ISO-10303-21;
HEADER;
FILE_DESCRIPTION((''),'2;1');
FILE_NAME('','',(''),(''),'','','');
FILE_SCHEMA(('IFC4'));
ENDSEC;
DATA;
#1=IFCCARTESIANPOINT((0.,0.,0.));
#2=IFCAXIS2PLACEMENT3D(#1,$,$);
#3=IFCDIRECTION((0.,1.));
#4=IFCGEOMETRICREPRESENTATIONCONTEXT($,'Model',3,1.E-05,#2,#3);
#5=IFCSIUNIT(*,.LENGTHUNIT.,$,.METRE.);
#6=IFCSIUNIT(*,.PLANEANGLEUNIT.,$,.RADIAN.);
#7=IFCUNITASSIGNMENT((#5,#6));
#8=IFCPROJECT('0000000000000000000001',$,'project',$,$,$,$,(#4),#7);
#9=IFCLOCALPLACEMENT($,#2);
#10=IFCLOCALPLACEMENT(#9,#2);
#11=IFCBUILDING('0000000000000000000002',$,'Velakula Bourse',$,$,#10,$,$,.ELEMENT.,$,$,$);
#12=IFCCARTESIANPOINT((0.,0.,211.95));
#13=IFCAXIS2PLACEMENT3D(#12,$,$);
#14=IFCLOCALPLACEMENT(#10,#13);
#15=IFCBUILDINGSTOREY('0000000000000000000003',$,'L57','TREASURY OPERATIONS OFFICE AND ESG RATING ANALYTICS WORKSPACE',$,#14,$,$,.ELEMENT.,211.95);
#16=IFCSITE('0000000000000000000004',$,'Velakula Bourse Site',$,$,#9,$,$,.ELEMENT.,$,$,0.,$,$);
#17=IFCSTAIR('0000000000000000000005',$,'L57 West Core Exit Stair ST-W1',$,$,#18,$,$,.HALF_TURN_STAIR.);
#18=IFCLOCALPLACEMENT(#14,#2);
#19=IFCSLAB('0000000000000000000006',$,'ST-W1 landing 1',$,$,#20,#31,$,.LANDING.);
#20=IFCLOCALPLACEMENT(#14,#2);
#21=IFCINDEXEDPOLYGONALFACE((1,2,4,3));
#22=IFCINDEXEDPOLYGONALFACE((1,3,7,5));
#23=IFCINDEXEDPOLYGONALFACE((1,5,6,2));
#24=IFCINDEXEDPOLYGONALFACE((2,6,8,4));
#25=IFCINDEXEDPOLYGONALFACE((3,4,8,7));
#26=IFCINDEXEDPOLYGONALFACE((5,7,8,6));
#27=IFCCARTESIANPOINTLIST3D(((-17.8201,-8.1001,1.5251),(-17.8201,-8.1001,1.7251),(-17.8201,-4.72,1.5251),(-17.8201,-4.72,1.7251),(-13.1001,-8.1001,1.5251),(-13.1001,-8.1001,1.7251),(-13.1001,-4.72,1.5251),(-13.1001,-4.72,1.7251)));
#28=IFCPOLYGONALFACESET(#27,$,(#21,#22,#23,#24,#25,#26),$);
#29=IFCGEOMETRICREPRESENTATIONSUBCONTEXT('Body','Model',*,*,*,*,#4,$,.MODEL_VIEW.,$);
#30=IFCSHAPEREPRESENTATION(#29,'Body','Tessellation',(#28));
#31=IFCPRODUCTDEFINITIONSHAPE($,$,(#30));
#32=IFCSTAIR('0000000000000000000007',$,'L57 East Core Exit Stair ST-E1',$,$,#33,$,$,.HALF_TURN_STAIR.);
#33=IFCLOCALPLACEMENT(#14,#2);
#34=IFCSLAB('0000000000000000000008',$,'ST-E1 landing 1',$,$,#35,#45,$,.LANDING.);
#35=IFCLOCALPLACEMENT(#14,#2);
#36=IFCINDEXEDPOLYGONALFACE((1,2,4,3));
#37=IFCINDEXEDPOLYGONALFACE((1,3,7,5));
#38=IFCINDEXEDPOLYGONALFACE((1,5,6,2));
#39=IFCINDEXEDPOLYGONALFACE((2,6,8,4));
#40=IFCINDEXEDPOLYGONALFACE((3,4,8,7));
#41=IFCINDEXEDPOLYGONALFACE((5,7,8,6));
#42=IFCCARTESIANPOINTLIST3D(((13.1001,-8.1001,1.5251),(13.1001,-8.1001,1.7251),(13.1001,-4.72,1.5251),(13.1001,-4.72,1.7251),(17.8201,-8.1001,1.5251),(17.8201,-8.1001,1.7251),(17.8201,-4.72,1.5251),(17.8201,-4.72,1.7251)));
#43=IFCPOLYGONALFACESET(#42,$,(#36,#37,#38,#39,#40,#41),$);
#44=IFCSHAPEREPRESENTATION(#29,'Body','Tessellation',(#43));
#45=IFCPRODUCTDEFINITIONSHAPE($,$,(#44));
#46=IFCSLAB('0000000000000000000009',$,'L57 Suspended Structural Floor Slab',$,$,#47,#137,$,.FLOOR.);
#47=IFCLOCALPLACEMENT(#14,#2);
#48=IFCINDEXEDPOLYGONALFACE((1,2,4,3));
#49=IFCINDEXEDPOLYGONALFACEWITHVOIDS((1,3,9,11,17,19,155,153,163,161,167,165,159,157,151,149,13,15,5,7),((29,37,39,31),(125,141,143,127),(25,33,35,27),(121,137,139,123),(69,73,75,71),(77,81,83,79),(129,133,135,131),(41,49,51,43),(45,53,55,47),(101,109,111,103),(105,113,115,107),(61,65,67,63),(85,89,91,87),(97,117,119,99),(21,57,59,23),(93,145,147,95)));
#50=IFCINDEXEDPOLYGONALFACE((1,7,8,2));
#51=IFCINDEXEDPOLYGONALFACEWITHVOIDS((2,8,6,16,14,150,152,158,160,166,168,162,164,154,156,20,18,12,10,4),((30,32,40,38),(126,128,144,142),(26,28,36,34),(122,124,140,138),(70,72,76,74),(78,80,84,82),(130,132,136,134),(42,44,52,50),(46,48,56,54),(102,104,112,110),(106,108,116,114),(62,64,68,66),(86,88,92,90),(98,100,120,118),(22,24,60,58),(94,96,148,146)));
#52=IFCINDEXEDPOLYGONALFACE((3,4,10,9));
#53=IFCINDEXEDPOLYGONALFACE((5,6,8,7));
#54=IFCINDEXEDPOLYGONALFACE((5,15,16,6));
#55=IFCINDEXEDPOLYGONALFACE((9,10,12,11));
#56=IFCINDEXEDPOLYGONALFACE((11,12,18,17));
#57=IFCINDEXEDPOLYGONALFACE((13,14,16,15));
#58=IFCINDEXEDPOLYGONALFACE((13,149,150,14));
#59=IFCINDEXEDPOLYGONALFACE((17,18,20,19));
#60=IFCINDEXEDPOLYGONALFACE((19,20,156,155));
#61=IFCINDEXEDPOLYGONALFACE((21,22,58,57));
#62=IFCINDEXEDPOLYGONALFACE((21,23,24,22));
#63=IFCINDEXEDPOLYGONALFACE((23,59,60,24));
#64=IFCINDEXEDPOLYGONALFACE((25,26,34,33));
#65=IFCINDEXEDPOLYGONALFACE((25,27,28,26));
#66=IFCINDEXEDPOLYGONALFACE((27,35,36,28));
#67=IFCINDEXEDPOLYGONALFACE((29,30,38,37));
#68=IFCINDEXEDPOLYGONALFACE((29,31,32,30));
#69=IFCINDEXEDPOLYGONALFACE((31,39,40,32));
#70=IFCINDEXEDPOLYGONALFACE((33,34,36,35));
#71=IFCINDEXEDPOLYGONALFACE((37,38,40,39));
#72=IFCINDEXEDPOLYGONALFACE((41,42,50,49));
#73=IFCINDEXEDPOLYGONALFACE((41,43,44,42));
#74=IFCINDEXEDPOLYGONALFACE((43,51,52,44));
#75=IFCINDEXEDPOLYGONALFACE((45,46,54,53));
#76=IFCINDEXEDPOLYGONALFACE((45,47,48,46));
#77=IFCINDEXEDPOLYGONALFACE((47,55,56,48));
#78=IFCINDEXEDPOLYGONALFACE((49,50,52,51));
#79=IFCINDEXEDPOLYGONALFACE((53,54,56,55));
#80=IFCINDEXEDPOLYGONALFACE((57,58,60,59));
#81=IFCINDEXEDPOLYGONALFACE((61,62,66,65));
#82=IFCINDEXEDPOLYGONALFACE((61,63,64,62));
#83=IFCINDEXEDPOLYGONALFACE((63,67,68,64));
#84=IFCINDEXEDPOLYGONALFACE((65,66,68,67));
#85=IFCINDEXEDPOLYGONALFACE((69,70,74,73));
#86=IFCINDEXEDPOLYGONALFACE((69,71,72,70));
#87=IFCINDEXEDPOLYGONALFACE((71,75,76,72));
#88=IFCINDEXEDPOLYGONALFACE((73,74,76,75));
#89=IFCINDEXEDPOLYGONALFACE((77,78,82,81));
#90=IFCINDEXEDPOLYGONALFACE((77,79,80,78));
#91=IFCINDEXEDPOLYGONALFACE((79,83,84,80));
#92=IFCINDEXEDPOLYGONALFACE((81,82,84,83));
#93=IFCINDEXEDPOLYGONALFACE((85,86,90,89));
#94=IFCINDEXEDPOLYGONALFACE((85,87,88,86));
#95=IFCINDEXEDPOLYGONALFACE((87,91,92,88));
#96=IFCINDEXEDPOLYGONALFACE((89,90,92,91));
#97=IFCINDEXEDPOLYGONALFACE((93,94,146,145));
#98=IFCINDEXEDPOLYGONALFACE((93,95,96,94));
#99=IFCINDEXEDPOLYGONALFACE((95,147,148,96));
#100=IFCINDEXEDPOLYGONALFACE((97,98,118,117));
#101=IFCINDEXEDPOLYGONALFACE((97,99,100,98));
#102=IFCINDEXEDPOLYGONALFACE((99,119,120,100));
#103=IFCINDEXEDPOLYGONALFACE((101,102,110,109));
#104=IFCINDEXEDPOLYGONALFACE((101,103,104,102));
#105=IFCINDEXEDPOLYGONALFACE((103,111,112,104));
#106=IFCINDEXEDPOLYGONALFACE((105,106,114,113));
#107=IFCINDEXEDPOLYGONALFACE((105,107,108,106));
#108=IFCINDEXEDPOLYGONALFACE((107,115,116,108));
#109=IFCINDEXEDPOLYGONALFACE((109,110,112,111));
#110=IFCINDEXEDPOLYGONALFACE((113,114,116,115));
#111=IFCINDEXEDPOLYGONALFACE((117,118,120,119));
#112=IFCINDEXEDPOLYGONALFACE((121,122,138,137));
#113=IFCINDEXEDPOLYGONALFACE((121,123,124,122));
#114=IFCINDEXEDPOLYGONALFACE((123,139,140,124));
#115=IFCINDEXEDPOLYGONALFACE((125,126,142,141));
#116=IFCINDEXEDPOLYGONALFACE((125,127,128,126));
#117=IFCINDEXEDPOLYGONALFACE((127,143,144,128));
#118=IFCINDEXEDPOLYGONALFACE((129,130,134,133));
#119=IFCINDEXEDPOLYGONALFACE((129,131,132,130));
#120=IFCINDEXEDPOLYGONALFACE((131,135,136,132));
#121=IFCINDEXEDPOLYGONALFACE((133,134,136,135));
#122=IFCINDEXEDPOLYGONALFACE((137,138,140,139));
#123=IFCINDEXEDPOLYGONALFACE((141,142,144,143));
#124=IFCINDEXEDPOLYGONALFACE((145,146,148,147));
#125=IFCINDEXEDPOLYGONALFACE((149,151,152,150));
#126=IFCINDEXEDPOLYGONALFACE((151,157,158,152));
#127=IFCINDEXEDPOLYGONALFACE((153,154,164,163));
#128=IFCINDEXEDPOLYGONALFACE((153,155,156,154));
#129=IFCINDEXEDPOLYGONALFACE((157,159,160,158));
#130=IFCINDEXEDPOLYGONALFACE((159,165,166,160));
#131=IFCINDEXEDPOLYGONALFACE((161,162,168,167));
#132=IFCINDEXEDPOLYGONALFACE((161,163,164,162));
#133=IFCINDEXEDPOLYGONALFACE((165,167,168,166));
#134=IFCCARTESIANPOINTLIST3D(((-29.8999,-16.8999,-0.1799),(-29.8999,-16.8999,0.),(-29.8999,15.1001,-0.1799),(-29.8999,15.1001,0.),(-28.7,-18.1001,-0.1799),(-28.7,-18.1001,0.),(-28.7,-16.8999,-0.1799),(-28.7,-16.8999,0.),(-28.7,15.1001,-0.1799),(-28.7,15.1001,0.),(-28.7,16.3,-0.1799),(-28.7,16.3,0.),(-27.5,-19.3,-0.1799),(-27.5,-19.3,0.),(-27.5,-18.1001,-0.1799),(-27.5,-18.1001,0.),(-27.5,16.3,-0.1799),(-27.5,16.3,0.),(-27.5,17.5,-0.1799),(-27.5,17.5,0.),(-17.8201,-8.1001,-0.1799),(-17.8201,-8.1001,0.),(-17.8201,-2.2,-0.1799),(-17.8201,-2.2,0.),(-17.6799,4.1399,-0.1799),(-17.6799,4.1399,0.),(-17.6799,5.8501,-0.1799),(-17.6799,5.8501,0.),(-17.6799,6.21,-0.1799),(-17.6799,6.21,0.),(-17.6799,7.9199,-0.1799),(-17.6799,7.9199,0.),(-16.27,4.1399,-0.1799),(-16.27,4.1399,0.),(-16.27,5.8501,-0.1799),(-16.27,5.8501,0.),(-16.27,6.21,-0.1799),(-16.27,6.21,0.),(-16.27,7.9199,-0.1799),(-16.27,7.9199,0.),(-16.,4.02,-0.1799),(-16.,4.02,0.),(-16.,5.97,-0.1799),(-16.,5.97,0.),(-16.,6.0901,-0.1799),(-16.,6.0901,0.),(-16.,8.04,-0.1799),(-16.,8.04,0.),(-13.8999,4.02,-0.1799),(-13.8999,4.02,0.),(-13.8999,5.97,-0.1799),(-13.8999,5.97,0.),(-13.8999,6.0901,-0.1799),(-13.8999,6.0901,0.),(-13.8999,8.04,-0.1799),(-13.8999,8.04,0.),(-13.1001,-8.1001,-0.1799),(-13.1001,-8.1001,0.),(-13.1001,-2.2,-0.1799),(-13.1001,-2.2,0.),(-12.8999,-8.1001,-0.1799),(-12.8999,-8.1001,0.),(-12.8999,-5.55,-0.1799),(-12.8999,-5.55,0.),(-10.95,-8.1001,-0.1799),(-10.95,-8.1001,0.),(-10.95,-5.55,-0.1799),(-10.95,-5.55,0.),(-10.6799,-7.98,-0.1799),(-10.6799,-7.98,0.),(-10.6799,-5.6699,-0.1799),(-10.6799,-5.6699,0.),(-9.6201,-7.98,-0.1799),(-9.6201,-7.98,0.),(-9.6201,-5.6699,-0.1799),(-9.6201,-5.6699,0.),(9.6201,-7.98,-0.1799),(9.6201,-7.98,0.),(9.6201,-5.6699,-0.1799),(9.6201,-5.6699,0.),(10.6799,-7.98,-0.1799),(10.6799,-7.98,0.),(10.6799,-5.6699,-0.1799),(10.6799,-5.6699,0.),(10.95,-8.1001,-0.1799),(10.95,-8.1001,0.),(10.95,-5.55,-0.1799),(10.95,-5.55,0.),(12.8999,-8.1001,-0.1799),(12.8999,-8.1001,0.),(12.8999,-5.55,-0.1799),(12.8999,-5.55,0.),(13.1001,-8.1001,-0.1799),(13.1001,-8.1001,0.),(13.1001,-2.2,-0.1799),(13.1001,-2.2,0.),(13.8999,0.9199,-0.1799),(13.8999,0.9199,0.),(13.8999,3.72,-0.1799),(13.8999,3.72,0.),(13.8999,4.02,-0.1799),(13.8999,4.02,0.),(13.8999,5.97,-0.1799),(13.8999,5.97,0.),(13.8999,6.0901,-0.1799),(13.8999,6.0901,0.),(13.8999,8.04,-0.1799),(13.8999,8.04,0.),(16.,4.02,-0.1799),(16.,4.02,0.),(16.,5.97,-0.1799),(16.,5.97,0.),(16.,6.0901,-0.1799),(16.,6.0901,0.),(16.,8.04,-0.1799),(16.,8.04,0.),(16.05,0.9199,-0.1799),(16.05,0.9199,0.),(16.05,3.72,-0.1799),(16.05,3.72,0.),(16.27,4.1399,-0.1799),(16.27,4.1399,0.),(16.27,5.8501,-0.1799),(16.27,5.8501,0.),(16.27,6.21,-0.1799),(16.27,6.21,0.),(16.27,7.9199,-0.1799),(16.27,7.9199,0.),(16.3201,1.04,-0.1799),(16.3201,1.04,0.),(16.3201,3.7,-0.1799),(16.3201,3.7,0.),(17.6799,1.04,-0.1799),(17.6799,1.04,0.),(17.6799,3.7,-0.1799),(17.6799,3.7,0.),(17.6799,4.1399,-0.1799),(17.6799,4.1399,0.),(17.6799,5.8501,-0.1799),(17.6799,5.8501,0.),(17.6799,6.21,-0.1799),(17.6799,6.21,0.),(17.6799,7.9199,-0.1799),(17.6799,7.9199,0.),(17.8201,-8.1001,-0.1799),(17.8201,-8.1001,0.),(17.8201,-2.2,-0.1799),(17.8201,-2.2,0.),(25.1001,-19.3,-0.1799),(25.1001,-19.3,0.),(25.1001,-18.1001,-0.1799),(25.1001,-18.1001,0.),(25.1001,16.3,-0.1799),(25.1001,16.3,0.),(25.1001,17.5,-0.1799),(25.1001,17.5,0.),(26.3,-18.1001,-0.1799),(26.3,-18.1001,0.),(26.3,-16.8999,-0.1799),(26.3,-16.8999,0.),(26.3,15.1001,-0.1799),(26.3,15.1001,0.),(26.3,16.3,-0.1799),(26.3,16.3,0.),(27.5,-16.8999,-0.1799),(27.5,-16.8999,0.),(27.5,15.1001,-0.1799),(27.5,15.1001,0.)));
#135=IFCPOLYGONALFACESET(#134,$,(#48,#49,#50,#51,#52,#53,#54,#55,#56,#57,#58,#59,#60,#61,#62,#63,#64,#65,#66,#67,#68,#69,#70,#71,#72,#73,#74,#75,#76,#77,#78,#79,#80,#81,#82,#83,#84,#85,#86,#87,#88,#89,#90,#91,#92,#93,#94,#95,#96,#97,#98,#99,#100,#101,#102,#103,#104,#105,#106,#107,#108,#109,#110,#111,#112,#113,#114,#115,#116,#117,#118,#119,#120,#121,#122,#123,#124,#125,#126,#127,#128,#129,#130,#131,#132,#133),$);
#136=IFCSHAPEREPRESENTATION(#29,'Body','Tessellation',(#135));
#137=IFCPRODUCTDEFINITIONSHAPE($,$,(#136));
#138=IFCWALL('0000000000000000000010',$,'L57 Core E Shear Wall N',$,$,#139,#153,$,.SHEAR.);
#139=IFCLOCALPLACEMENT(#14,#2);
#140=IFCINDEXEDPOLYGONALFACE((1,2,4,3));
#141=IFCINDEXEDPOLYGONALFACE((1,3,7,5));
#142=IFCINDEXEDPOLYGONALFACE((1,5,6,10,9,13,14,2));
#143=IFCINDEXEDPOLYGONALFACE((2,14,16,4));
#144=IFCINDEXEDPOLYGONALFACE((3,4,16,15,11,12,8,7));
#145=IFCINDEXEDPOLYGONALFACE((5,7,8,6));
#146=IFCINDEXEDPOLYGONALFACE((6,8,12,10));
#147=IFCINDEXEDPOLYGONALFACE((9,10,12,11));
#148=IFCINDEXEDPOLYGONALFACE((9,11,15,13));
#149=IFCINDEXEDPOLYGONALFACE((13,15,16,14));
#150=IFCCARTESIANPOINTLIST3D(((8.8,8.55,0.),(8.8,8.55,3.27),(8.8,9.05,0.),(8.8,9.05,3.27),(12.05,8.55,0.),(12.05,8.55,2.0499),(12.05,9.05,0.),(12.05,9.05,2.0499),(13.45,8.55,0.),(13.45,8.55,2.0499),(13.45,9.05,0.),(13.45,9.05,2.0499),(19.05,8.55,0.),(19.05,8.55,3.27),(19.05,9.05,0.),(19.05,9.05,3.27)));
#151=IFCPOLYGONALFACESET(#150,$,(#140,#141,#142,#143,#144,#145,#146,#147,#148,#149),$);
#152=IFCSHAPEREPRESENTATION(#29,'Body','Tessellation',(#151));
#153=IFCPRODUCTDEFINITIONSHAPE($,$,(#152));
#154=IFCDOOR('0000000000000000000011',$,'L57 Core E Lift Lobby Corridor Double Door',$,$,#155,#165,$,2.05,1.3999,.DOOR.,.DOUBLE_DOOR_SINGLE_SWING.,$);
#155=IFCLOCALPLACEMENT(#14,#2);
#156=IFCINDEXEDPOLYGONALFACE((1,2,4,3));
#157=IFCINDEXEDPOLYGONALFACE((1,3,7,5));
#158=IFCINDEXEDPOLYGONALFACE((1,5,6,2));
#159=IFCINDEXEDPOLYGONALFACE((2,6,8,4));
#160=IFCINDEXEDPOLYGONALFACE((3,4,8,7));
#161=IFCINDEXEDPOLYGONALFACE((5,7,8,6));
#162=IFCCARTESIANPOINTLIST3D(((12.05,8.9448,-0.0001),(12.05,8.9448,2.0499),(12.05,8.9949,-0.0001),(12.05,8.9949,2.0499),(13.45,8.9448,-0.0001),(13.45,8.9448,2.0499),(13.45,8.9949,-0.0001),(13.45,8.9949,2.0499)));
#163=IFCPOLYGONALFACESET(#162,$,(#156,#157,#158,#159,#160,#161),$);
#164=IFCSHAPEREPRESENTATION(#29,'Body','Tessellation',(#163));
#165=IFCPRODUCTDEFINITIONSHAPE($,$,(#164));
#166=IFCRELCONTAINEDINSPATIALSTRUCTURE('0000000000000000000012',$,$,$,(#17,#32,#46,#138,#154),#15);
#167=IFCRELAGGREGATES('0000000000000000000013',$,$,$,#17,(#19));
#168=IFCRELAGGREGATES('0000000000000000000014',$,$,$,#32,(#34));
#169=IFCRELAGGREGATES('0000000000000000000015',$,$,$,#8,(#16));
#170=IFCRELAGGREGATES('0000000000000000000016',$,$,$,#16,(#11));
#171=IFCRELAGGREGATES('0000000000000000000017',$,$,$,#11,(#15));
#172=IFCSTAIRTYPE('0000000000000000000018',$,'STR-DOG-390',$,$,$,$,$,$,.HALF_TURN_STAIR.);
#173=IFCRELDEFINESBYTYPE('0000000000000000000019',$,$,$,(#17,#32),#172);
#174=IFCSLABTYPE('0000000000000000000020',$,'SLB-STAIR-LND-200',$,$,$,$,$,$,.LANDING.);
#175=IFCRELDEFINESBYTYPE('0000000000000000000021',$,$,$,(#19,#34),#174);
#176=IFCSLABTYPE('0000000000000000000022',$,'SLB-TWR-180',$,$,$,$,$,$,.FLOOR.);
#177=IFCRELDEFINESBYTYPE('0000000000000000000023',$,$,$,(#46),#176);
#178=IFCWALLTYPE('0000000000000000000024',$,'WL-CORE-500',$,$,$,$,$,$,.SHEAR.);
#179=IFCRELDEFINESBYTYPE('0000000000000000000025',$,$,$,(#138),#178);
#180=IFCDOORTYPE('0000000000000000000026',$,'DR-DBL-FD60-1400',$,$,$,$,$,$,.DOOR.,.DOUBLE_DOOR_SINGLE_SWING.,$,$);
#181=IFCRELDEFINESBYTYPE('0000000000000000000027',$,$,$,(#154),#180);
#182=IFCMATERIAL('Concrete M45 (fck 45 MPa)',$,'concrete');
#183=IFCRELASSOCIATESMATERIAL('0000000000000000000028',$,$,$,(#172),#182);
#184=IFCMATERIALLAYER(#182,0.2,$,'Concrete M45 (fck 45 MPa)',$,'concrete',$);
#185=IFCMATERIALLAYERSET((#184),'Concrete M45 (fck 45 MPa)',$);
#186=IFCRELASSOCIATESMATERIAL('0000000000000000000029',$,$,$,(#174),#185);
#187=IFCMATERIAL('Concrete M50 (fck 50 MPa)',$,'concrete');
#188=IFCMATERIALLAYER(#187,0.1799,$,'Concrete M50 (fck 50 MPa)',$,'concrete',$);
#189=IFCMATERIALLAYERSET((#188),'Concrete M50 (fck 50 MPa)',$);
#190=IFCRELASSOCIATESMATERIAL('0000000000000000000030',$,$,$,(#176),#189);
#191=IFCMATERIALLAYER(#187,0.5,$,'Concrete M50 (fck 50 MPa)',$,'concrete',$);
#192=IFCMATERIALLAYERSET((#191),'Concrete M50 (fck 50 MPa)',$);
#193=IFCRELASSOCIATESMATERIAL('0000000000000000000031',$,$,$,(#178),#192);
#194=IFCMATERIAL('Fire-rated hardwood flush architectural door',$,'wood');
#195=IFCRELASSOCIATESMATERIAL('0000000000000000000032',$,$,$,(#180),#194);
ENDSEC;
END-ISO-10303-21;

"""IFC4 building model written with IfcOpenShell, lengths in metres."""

from ifc_helpers import new_model, si_unit, direction, frame, frame_2d, origin, place, context, subcontext, project, spatial, polyline, rectangle, outline, extrude, material, layer, layer_set, type_object, element, fill, aggregate, save


model = new_model("IFC4")

# Units and contexts
model_context = context("Model", 3, precision=1e-05, world=origin(), true_north=direction((0.0, 1.0)))
body_context = subcontext(model_context, "Body", "Model", "MODEL_VIEW")
ifc_project = project(units=[si_unit("LENGTHUNIT", "METRE"), si_unit("PLANEANGLEUNIT", "RADIAN")], contexts=[model_context])

# Site, building, storey
site_placement = place(None, origin())
site = spatial("IfcSite", under=ifc_project, at=site_placement, Name="Velakula Bourse Site", CompositionType="ELEMENT", RefElevation=0.0)
building_placement = place(site_placement, origin())
building = spatial("IfcBuilding", under=site, at=building_placement, Name="Velakula Bourse", CompositionType="ELEMENT")
storey_placement = place(building_placement, frame((0.0, 0.0, 211.95)))
storey = spatial("IfcBuildingStorey", under=building, at=storey_placement, Name="L57", Description="TREASURY OPERATIONS OFFICE AND ESG RATING ANALYTICS WORKSPACE", CompositionType="ELEMENT", Elevation=211.95)

# Shared definitions
ifc_material_1 = material(Name="Concrete M50 (fck 50 MPa)", Category="concrete")

# Stairs, slabs
ifc_material_2 = material(Name="Concrete M45 (fck 45 MPa)", Category="concrete")
stair_type = type_object("IfcStairType", Name="STR-DOG-390", PredefinedType="HALF_TURN_STAIR", material=ifc_material_2)
stair_1_placement = place(storey_placement, origin())
stair_1 = element("IfcStair", 1, at=stair_1_placement, inside=storey, type_object=stair_type, Name="L57 West Core Exit Stair ST-W1", PredefinedType="HALF_TURN_STAIR")
ifc_layer_1 = layer(ifc_material_2, 0.2, Name="Concrete M45 (fck 45 MPa)", Category="concrete")
ifc_layer_set_1 = layer_set([ifc_layer_1], Name="Concrete M45 (fck 45 MPa)")
slab_type_1 = type_object("IfcSlabType", Name="SLB-STAIR-LND-200", PredefinedType="LANDING", material=ifc_layer_set_1)
slab_1_placement = place(storey_placement, frame((0.0, 0.0, 1.5251)))
slab_1 = element("IfcSlab", 2, at=slab_1_placement, type_object=slab_type_1, Name="ST-W1 landing 1", PredefinedType="LANDING", context=body_context, shape_type="SweptSolid", body=[
    extrude(outline(polyline([(-17.8201, -4.72), (-17.8201, -8.1001), (-13.1001, -8.1001), (-13.1001, -4.72), (-17.8201, -4.72)])), origin(), (0.0, 0.0, 1.0), 0.2),
])
aggregate(stair_1, [slab_1])
stair_2_placement = place(storey_placement, origin())
stair_2 = element("IfcStair", 3, at=stair_2_placement, inside=storey, type_object=stair_type, Name="L57 East Core Exit Stair ST-E1", PredefinedType="HALF_TURN_STAIR")
slab_2_placement = place(storey_placement, frame((0.0, 0.0, 1.5251)))
slab_2 = element("IfcSlab", 4, at=slab_2_placement, type_object=slab_type_1, Name="ST-E1 landing 1", PredefinedType="LANDING", context=body_context, shape_type="SweptSolid", body=[
    extrude(outline(polyline([(13.1001, -4.72), (13.1001, -8.1001), (17.8201, -8.1001), (17.8201, -4.72), (13.1001, -4.72)])), origin(), (0.0, 0.0, 1.0), 0.2),
])
aggregate(stair_2, [slab_2])

# Slab
ifc_layer_2 = layer(ifc_material_1, 0.1799, Name="Concrete M50 (fck 50 MPa)", Category="concrete")
ifc_layer_set_2 = layer_set([ifc_layer_2], Name="Concrete M50 (fck 50 MPa)")
slab_type_2 = type_object("IfcSlabType", Name="SLB-TWR-180", PredefinedType="FLOOR", material=ifc_layer_set_2)
slab_3_placement = place(storey_placement, frame((0.0, 0.0, -0.1799)))
element("IfcSlab", 5, at=slab_3_placement, inside=storey, type_object=slab_type_2, Name="L57 Suspended Structural Floor Slab", PredefinedType="FLOOR", context=body_context, shape_type="SweptSolid", body=[
    extrude(outline(polyline([(-27.5, -19.3), (25.1001, -19.3), (25.1001, -18.1001), (26.3, -18.1001), (26.3, -16.8999), (27.5, -16.8999), (27.5, 15.1001), (26.3, 15.1001), (26.3, 16.3), (25.1001, 16.3), (25.1001, 17.5), (-27.5, 17.5), (-27.5, 16.3), (-28.7, 16.3), (-28.7, 15.1001), (-29.8999, 15.1001), (-29.8999, -16.8999), (-28.7, -16.8999), (-28.7, -18.1001), (-27.5, -18.1001), (-27.5, -19.3)]), holes=[polyline([(-17.8201, -8.1001), (-13.1001, -8.1001), (-13.1001, -2.2), (-17.8201, -2.2), (-17.8201, -8.1001)]), polyline([(13.1001, -8.1001), (17.8201, -8.1001), (17.8201, -2.2), (13.1001, -2.2), (13.1001, -8.1001)]), polyline([(-12.8999, -8.1001), (-10.95, -8.1001), (-10.95, -5.55), (-12.8999, -5.55), (-12.8999, -8.1001)]), polyline([(10.95, -8.1001), (12.8999, -8.1001), (12.8999, -5.55), (10.95, -5.55), (10.95, -8.1001)]), polyline([(13.8999, 0.9199), (16.05, 0.9199), (16.05, 3.72), (13.8999, 3.72), (13.8999, 0.9199)]), polyline([(-10.6799, -7.98), (-9.6201, -7.98), (-9.6201, -5.6699), (-10.6799, -5.6699), (-10.6799, -7.98)]), polyline([(-17.6799, 4.1399), (-16.27, 4.1399), (-16.27, 5.8501), (-17.6799, 5.8501), (-17.6799, 4.1399)]), polyline([(-17.6799, 6.21), (-16.27, 6.21), (-16.27, 7.9199), (-17.6799, 7.9199), (-17.6799, 6.21)]), polyline([(9.6201, -7.98), (10.6799, -7.98), (10.6799, -5.6699), (9.6201, -5.6699), (9.6201, -7.98)]), polyline([(16.27, 4.1399), (17.6799, 4.1399), (17.6799, 5.8501), (16.27, 5.8501), (16.27, 4.1399)]), polyline([(16.27, 6.21), (17.6799, 6.21), (17.6799, 7.9199), (16.27, 7.9199), (16.27, 6.21)]), polyline([(16.3201, 1.04), (17.6799, 1.04), (17.6799, 3.7), (16.3201, 3.7), (16.3201, 1.04)]), polyline([(-16.0, 4.02), (-13.8999, 4.02), (-13.8999, 5.97), (-16.0, 5.97), (-16.0, 4.02)]), polyline([(-16.0, 6.0901), (-13.8999, 6.0901), (-13.8999, 8.04), (-16.0, 8.04), (-16.0, 6.0901)]), polyline([(13.8999, 4.02), (16.0, 4.02), (16.0, 5.97), (13.8999, 5.97), (13.8999, 4.02)]), polyline([(13.8999, 6.0901), (16.0, 6.0901), (16.0, 8.04), (13.8999, 8.04), (13.8999, 6.0901)])]), origin(), (0.0, 0.0, 1.0), 0.1799),
])

# Wall, opening, door
ifc_layer_3 = layer(ifc_material_1, 0.5, Name="Concrete M50 (fck 50 MPa)", Category="concrete")
ifc_layer_set_3 = layer_set([ifc_layer_3], Name="Concrete M50 (fck 50 MPa)")
wall_type_1 = type_object("IfcWallType", Name="WL-CORE-500", PredefinedType="SHEAR", material=ifc_layer_set_3)
wall_1_placement = place(storey_placement, frame((8.8, 8.8, 0.0), z_axis=(0.0, 0.0, 1.0), x_axis=(1.0, 0.0, 0.0)))
wall_1 = element("IfcWall", 6, at=wall_1_placement, inside=storey, type_object=wall_type_1, Name="L57 Core E Shear Wall N", PredefinedType="SHEAR", context=body_context, shape_type="SweptSolid", body=[
    extrude(rectangle(XDim=10.25, YDim=0.5, at=frame_2d((5.125, 0.0))), origin(), (0.0, 0.0, 1.0), 3.27),
])
opening_1_placement = place(wall_1_placement, frame((3.25, 0.0, 0.0)))
opening_1 = element("IfcOpeningElement", 7, at=opening_1_placement, cuts=wall_1, PredefinedType="OPENING", context=body_context, shape_type="SweptSolid", body=[
    extrude(rectangle(XDim=1.3999, YDim=2.05, at=frame_2d((0.7, 1.0249))), frame((0.0, 0.26, 0.0), z_axis=(0.0, -1.0, 0.0), x_axis=(1.0, 0.0, 0.0)), (0.0, 0.0, 1.0), 0.52),
])
ifc_material_3 = material(Name="Fire-rated hardwood flush architectural door", Category="wood")
door_type = type_object("IfcDoorType", Name="DR-DBL-FD60-1400", OperationType="DOUBLE_DOOR_SINGLE_SWING", PredefinedType="DOOR", material=ifc_material_3)
door_placement = place(opening_1_placement, origin())
door = element("IfcDoor", 8, at=door_placement, inside=storey, type_object=door_type, Name="L57 Core E Lift Lobby Corridor Double Door", OperationType="DOUBLE_DOOR_SINGLE_SWING", OverallHeight=2.05, OverallWidth=1.3999, PredefinedType="DOOR", context=body_context, shape_type="SweptSolid", body=[
    extrude(rectangle(XDim=1.3999, YDim=2.05, at=frame_2d((0.7, 1.0249))), frame((0.0, 0.1948, 0.0), z_axis=(0.0, -1.0, 0.0), x_axis=(1.0, 0.0, 0.0)), (0.0, 0.0, 1.0), 0.05),
])
fill(opening_1, door)

save(model, "model.ifc")
